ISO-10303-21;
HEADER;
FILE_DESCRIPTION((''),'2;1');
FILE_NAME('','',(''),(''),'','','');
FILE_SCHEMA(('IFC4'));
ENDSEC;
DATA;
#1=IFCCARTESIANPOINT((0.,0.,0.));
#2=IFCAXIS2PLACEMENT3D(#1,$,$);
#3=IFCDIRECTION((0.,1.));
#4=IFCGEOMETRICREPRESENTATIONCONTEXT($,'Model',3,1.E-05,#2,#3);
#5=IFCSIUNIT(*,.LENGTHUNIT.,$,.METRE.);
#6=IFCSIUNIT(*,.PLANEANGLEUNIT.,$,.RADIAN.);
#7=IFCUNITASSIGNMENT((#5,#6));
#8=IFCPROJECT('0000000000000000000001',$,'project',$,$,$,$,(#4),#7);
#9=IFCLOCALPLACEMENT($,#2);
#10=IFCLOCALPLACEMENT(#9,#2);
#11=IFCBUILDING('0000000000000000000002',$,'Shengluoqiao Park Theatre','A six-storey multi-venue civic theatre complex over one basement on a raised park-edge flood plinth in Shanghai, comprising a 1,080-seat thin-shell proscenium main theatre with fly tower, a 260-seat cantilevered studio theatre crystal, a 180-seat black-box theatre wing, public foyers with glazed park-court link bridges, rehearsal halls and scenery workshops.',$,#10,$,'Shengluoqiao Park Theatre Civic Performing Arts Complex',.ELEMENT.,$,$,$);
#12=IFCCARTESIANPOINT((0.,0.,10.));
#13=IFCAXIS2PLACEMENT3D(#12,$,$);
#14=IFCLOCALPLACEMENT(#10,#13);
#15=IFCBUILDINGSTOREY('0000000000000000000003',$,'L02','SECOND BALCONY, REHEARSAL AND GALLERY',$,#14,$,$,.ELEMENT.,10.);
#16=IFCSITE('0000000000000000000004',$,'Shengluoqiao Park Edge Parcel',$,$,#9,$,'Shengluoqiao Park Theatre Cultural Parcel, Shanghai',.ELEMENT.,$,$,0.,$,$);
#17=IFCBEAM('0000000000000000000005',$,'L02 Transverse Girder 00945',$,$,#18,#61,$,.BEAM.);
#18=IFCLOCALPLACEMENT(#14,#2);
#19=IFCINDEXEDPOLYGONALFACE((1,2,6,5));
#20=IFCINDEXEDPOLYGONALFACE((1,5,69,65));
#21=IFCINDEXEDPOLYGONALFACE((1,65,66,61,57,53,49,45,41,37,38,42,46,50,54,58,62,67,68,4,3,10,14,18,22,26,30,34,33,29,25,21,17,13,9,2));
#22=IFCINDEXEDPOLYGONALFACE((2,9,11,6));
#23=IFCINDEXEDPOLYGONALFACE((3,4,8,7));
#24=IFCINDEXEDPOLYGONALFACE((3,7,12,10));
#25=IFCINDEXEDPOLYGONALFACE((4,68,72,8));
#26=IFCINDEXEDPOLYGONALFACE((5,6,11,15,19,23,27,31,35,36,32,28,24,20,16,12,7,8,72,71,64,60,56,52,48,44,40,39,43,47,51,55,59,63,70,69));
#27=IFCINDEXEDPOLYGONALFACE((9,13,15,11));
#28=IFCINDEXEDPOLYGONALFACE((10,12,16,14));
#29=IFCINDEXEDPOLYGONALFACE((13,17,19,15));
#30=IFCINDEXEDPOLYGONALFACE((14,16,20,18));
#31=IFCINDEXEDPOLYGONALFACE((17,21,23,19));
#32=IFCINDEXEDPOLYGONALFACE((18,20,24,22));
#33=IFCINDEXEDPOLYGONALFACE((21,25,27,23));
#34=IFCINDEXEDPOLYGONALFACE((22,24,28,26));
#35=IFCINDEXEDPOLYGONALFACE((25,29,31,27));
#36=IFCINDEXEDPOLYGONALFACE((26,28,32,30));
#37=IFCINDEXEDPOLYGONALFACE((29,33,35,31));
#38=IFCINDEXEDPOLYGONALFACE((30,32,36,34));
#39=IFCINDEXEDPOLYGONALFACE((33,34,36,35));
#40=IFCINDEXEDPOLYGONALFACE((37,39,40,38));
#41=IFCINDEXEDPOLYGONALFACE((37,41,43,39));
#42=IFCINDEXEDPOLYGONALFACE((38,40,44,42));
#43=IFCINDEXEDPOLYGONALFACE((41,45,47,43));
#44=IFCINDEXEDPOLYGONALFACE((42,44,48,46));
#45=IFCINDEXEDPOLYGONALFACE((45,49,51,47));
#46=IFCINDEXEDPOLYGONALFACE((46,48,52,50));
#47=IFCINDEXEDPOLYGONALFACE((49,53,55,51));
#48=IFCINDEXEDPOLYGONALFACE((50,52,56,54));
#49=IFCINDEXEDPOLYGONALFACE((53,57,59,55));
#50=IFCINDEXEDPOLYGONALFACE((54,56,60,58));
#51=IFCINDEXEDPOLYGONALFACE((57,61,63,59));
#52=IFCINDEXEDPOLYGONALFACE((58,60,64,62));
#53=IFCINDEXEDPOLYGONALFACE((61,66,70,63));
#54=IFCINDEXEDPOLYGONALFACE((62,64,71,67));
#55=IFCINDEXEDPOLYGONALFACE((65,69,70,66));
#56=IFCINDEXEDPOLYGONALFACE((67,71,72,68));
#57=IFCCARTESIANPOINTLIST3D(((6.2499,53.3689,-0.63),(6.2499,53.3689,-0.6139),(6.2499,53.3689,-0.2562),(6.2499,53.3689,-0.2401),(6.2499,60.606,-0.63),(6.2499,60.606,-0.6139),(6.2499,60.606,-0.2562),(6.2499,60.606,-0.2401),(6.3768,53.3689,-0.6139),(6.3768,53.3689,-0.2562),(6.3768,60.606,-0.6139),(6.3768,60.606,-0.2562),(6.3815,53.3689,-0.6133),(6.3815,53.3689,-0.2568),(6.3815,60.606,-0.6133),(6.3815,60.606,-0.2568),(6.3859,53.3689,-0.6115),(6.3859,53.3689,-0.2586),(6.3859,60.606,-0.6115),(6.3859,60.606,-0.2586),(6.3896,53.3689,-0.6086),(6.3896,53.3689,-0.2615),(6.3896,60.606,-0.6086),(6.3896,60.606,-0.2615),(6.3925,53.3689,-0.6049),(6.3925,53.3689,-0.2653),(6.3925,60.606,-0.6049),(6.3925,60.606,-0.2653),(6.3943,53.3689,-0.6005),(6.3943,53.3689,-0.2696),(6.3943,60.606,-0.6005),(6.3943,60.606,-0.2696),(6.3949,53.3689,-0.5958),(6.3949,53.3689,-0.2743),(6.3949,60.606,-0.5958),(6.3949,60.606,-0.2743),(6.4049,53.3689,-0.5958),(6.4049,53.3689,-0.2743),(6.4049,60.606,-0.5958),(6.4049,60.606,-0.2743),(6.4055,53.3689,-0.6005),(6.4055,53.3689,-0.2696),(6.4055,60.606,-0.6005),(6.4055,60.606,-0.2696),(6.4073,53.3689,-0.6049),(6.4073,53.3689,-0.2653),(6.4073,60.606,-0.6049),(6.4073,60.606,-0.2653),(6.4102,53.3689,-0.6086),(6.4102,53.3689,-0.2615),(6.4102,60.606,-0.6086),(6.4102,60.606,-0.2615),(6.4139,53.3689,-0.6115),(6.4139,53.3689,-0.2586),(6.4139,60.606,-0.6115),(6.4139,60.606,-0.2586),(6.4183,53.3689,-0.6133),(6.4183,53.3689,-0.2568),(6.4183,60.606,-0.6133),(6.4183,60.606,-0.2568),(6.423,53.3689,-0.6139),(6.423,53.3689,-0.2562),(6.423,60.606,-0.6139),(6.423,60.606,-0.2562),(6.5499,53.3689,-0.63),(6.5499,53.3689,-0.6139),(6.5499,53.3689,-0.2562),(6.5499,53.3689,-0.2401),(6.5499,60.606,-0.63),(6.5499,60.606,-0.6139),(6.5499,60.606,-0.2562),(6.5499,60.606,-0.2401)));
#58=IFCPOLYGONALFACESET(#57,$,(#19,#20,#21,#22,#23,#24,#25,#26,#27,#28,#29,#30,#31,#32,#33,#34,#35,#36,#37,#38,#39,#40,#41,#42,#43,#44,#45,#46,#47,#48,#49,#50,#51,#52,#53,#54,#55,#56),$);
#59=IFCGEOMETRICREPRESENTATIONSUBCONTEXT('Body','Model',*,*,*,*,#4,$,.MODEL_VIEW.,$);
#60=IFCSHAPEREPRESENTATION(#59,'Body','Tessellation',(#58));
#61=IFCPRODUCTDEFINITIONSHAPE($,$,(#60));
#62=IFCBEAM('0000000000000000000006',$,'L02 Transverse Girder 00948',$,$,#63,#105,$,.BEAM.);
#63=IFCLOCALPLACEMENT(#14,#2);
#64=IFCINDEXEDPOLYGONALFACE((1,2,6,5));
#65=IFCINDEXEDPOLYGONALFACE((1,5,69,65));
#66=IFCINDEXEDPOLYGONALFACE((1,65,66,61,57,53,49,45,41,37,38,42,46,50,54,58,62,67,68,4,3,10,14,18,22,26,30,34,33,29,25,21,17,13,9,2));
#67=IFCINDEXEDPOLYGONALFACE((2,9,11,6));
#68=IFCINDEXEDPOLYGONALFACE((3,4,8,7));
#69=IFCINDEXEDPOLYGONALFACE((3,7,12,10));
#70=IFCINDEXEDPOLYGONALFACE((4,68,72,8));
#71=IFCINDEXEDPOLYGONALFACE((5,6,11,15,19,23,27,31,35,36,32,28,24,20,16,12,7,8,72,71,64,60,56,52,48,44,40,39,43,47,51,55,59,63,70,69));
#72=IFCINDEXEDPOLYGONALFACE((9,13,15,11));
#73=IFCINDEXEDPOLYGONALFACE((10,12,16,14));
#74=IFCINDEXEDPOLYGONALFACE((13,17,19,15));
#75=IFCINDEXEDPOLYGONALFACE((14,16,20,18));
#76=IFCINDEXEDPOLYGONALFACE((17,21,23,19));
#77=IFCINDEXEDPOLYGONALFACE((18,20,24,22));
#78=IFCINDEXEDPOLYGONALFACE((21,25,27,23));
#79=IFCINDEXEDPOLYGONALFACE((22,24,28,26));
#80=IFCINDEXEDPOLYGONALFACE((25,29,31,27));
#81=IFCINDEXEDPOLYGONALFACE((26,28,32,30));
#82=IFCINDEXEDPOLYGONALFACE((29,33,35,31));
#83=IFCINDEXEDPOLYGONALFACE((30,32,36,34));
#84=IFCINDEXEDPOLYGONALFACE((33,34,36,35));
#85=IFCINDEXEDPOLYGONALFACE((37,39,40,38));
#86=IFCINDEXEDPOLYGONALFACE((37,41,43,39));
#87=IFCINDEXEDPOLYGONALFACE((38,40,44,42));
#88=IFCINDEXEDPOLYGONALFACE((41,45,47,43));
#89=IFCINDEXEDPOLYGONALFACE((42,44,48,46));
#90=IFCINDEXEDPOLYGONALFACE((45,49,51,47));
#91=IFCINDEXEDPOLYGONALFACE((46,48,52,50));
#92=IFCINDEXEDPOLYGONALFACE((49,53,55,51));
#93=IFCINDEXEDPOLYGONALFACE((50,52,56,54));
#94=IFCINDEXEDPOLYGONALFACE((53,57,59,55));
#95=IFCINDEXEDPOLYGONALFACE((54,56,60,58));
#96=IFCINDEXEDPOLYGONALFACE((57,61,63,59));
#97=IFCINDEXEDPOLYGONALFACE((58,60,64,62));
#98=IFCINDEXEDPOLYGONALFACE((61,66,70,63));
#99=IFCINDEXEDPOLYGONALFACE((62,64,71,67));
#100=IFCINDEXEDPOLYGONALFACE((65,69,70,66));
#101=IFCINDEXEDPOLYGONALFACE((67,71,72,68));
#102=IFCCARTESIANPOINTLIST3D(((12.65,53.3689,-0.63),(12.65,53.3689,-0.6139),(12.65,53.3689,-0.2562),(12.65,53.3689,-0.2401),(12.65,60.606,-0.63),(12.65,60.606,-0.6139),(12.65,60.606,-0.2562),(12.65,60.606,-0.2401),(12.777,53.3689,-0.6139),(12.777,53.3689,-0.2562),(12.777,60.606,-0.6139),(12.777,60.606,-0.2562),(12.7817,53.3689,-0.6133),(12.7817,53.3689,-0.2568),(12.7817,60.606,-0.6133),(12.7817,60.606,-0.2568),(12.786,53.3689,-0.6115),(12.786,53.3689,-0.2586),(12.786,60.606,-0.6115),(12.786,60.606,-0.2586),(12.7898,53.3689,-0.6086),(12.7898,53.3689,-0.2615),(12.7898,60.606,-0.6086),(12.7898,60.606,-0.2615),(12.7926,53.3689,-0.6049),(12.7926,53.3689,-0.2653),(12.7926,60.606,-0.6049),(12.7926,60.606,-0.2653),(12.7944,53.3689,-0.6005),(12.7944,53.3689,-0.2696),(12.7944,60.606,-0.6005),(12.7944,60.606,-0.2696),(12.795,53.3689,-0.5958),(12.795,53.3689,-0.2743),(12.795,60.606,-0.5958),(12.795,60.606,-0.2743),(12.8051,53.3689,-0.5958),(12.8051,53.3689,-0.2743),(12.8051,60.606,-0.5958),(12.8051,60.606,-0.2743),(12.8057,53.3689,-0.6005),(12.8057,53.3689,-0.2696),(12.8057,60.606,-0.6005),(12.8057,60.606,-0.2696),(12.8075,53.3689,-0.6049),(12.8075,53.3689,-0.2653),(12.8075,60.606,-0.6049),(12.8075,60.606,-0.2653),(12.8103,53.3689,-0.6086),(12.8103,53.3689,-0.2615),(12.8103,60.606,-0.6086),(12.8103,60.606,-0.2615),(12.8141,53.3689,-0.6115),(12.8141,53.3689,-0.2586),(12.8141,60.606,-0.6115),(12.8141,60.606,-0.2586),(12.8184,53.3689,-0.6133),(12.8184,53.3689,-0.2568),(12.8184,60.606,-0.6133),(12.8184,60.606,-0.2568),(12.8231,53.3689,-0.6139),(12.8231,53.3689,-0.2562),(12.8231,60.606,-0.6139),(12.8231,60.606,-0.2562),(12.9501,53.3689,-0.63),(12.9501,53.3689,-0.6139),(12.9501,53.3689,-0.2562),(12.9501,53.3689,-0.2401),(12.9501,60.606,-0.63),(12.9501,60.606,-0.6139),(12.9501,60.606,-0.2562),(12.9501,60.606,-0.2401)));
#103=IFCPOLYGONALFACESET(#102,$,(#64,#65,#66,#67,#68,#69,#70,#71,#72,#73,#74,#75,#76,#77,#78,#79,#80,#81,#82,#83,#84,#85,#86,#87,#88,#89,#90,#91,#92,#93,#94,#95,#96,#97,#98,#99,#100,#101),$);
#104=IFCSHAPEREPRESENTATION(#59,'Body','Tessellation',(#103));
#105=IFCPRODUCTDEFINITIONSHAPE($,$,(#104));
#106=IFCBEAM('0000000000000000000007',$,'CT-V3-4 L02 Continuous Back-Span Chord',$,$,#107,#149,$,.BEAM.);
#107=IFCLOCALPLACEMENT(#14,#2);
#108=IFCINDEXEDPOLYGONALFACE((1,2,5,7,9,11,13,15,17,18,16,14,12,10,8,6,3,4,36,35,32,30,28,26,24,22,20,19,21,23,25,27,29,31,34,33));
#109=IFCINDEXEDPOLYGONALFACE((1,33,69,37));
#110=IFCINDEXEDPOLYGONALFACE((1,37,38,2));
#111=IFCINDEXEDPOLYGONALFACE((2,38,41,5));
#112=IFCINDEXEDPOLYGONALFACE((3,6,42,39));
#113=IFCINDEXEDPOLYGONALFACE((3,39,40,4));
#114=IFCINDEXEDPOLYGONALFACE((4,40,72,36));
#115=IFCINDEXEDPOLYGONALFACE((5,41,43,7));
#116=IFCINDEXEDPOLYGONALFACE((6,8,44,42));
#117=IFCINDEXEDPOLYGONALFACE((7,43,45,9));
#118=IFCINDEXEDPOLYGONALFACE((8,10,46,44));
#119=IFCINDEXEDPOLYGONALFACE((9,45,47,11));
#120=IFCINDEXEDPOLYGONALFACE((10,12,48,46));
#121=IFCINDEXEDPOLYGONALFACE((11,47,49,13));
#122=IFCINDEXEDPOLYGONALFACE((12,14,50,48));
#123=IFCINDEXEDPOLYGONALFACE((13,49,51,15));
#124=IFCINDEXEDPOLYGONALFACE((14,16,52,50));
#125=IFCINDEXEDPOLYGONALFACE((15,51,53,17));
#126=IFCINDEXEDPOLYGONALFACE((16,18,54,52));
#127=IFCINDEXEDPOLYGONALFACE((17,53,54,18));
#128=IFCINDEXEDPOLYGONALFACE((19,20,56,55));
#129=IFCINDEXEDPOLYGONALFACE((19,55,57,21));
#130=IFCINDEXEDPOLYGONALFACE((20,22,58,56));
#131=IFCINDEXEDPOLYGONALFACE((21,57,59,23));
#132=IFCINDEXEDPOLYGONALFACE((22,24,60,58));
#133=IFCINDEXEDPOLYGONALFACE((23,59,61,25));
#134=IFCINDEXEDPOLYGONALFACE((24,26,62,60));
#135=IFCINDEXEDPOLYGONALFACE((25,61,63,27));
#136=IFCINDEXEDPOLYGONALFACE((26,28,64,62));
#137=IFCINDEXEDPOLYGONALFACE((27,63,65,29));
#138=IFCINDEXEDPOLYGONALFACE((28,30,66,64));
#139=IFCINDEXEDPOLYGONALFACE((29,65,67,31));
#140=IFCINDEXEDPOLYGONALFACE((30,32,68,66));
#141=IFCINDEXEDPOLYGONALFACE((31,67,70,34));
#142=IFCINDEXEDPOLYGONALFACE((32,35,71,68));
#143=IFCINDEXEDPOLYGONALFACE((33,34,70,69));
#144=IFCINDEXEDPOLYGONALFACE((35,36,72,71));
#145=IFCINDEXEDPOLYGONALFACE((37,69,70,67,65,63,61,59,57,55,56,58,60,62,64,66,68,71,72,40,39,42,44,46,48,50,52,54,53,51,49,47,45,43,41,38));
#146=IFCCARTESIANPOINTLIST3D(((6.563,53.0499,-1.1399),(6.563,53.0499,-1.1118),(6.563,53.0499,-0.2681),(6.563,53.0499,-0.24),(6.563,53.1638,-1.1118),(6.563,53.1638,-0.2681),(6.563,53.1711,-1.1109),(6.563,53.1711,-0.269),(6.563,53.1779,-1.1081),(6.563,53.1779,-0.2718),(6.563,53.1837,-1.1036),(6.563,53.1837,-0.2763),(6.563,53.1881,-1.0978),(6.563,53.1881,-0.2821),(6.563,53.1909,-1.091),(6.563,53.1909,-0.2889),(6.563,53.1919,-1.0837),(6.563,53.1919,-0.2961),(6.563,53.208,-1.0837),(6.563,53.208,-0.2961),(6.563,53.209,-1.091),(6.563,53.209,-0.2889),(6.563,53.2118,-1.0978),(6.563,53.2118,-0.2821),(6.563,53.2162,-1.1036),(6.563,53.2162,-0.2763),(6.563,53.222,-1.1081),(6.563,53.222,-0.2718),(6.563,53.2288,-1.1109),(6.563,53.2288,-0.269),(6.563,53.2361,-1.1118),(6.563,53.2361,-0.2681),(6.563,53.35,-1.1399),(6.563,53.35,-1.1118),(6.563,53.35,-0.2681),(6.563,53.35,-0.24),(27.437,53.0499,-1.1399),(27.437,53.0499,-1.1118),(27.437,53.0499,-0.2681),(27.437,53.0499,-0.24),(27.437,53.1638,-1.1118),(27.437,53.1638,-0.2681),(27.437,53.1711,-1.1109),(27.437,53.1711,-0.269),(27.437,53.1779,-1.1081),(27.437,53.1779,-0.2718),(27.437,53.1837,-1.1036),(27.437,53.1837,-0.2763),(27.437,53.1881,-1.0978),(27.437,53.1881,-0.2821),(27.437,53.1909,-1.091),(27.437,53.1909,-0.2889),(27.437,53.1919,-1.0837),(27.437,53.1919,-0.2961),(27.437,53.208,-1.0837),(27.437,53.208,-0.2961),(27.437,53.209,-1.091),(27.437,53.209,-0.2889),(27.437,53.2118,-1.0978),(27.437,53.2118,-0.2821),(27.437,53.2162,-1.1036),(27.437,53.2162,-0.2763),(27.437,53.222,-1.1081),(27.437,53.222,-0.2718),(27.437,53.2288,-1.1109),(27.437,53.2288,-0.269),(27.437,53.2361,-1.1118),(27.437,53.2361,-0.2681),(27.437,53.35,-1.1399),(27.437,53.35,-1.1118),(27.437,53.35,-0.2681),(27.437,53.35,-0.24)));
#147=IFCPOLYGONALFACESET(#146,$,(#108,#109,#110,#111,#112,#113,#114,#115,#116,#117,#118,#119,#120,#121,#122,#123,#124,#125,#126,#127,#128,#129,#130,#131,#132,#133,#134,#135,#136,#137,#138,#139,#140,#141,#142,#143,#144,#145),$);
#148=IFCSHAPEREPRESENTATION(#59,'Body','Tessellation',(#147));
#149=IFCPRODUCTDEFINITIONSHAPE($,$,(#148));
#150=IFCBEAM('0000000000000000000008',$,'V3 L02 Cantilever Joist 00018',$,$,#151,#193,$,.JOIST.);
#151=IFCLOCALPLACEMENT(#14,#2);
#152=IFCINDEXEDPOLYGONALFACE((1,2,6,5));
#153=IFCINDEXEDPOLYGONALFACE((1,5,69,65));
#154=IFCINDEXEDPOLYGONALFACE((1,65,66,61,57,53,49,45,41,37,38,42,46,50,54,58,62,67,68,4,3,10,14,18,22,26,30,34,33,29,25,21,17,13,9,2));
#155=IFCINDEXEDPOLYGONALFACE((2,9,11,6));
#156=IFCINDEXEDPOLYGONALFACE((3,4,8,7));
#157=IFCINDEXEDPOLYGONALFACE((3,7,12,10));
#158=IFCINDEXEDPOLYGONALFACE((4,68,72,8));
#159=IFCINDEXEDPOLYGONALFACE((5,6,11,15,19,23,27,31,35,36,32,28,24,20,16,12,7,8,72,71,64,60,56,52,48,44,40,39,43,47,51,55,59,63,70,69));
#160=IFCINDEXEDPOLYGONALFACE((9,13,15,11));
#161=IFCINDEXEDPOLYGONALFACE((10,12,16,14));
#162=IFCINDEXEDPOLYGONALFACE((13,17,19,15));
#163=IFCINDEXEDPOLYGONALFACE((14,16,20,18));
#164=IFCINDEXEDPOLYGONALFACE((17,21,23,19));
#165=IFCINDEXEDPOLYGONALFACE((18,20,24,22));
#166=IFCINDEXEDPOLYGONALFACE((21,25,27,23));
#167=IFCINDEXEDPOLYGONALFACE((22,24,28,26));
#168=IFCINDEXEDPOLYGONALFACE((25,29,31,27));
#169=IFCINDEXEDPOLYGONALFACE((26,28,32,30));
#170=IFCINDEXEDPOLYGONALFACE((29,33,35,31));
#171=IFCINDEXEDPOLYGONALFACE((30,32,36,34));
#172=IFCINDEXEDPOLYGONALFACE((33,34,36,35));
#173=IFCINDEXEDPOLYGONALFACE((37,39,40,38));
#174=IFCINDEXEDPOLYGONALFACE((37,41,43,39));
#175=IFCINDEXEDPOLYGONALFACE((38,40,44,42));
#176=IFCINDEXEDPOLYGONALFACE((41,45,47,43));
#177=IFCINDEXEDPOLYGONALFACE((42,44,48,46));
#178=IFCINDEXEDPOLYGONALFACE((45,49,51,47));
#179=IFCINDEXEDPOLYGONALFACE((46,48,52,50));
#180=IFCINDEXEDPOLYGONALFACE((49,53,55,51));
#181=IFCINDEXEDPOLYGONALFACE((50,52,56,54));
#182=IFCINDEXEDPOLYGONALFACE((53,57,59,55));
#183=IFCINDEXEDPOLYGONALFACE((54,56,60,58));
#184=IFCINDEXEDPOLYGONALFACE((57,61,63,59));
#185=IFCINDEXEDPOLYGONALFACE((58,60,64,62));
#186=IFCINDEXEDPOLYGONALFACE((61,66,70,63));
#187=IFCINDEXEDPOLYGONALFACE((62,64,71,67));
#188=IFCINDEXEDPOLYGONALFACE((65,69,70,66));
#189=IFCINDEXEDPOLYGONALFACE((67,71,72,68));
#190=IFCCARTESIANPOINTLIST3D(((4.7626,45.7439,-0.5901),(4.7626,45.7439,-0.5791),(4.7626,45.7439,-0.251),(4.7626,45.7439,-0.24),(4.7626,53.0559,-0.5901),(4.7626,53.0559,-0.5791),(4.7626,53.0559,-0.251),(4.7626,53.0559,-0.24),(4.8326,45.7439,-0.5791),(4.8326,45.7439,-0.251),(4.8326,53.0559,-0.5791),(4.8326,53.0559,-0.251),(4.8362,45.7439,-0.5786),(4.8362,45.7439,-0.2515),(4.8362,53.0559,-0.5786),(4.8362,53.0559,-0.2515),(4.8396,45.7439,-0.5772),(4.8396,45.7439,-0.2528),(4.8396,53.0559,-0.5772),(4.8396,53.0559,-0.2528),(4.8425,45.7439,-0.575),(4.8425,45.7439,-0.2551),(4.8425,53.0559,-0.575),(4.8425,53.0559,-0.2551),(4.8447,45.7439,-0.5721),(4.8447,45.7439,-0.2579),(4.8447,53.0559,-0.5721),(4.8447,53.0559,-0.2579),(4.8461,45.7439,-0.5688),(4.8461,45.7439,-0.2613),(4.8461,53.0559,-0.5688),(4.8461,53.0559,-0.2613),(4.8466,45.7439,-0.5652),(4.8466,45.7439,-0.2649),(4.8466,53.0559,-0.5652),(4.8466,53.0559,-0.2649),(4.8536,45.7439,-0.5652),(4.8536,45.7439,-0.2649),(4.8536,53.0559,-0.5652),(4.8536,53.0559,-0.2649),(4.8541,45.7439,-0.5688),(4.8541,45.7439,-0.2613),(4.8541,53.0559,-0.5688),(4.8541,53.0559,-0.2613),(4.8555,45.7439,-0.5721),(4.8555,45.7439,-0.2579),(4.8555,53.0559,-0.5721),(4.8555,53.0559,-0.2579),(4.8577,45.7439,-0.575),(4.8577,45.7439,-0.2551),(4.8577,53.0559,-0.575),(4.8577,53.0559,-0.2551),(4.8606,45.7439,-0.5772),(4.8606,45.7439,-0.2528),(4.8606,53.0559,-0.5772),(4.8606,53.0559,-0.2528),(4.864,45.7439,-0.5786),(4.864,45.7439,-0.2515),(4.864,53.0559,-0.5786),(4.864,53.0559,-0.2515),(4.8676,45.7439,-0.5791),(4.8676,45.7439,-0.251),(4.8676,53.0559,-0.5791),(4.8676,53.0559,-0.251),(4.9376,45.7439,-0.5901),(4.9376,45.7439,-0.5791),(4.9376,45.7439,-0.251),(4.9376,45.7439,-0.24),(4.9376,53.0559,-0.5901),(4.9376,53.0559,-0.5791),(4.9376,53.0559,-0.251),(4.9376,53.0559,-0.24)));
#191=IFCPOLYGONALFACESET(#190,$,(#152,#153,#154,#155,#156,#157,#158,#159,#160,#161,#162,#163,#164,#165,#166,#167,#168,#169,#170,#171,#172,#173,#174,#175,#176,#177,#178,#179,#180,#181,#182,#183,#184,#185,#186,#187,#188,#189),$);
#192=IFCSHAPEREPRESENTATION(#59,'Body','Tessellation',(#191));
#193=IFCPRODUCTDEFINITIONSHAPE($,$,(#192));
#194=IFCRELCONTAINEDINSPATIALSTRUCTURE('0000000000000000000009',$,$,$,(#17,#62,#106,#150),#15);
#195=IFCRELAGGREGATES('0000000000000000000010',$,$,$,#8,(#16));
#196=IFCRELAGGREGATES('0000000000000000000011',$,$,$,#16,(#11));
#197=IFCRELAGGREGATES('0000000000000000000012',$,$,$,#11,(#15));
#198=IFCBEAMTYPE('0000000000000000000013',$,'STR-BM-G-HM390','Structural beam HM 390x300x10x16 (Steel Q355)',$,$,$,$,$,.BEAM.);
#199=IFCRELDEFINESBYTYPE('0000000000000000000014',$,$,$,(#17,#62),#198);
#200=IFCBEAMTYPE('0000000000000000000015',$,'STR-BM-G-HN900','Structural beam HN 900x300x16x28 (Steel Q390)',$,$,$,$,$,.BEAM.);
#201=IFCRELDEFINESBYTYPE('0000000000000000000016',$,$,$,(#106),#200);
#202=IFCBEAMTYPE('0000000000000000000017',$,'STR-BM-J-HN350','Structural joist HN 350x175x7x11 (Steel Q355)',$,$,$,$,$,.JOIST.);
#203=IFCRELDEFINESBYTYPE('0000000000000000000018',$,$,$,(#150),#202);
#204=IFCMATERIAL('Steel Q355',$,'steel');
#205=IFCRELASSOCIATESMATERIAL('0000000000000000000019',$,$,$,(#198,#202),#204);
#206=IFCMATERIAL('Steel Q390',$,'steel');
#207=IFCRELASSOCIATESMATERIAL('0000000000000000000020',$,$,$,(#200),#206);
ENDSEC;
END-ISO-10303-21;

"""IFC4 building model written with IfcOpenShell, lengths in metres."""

from ifc_helpers import new_model, si_unit, direction, frame, origin, origin_2d, place, context, subcontext, project, spatial, i_section, extrude, material, material_profile, profile_set, type_object, element, save


model = new_model("IFC4")

# Units and contexts
model_context = context("Model", 3, precision=1e-05, world=origin(), true_north=direction((0.0, 1.0)))
body_context = subcontext(model_context, "Body", "Model", "MODEL_VIEW")
ifc_project = project(units=[si_unit("LENGTHUNIT", "METRE"), si_unit("PLANEANGLEUNIT", "RADIAN")], contexts=[model_context])

# Site, building, storey
site_placement = place(None, origin())
site = spatial("IfcSite", under=ifc_project, at=site_placement, Name="Shengluoqiao Park Edge Parcel", LongName="Shengluoqiao Park Theatre Cultural Parcel, Shanghai", CompositionType="ELEMENT", RefElevation=0.0)
building_placement = place(site_placement, origin())
building = spatial("IfcBuilding", under=site, at=building_placement, Name="Shengluoqiao Park Theatre", Description="A six-storey multi-venue civic theatre complex over one basement on a raised park-edge flood plinth in Shanghai, comprising a 1,080-seat thin-shell proscenium main theatre with fly tower, a 260-seat cantilevered studio theatre crystal, a 180-seat black-box theatre wing, public foyers with glazed park-court link bridges, rehearsal halls and scenery workshops.", LongName="Shengluoqiao Park Theatre Civic Performing Arts Complex", CompositionType="ELEMENT")
storey_placement = place(building_placement, frame((0.0, 0.0, 10.0)))
storey = spatial("IfcBuildingStorey", under=building, at=storey_placement, Name="L02", Description="SECOND BALCONY, REHEARSAL AND GALLERY", CompositionType="ELEMENT", Elevation=10.0)

# Shared definitions
ifc_material_1 = material(Name="Steel Q355", Category="steel")

# Beams
ifc_material_profile_1 = material_profile(ifc_material_1, i_section(OverallWidth=0.3, OverallDepth=0.3899, WebThickness=0.01, FlangeThickness=0.0161, FilletRadius=0.0181, at=origin_2d()), Name="HM 390x300x10x16")
ifc_profile_set_1 = profile_set([ifc_material_profile_1], Name="Steel Q355")
beam_type_1 = type_object("IfcBeamType", Name="STR-BM-G-HM390", Description="Structural beam HM 390x300x10x16 (Steel Q355)", PredefinedType="BEAM", material=ifc_profile_set_1)
for number, where, z_axis, x_axis, name in (
    (1, (6.3999, 53.3689, -0.4351), (0.0, 1.0, 0.0), (-1.0, 0.0, 0.0), "L02 Transverse Girder 00945"),
    (2, (12.8, 53.3689, -0.4351), (0.0, 1.0, 0.0), (-1.0, 0.0, 0.0), "L02 Transverse Girder 00948"),
):
    element("IfcBeam", number, at=place(storey_placement, frame(where, z_axis=z_axis, x_axis=x_axis)), inside=storey, type_object=beam_type_1, Name=name, PredefinedType="BEAM", context=body_context, shape_type="SweptSolid", body=[
        extrude(i_section(OverallWidth=0.3, OverallDepth=0.3899, WebThickness=0.01, FlangeThickness=0.0161, FilletRadius=0.0181, at=origin_2d()), origin(), (0.0, 0.0, 1.0), 7.2371),
    ])
ifc_material_2 = material(Name="Steel Q390", Category="steel")
ifc_material_profile_2 = material_profile(ifc_material_2, i_section(OverallWidth=0.3, OverallDepth=0.8999, WebThickness=0.0161, FlangeThickness=0.0281, FilletRadius=0.0281, at=origin_2d()), Name="HN 900x300x16x28")
ifc_profile_set_2 = profile_set([ifc_material_profile_2], Name="Steel Q390")
beam_type_2 = type_object("IfcBeamType", Name="STR-BM-G-HN900", Description="Structural beam HN 900x300x16x28 (Steel Q390)", PredefinedType="BEAM", material=ifc_profile_set_2)
beam_1_placement = place(storey_placement, frame((6.563, 53.2, -0.6899), z_axis=(1.0, 0.0, 0.0), x_axis=(0.0, 1.0, 0.0)))
element("IfcBeam", 3, at=beam_1_placement, inside=storey, type_object=beam_type_2, Name="CT-V3-4 L02 Continuous Back-Span Chord", PredefinedType="BEAM", context=body_context, shape_type="SweptSolid", body=[
    extrude(i_section(OverallWidth=0.3, OverallDepth=0.8999, WebThickness=0.0161, FlangeThickness=0.0281, FilletRadius=0.0281, at=origin_2d()), origin(), (0.0, 0.0, 1.0), 20.874),
])
ifc_material_profile_3 = material_profile(ifc_material_1, i_section(OverallWidth=0.175, OverallDepth=0.3501, WebThickness=0.0071, FlangeThickness=0.011, FilletRadius=0.0139, at=origin_2d()), Name="HN 350x175x7x11")
ifc_profile_set_3 = profile_set([ifc_material_profile_3], Name="Steel Q355")
beam_type_3 = type_object("IfcBeamType", Name="STR-BM-J-HN350", Description="Structural joist HN 350x175x7x11 (Steel Q355)", PredefinedType="JOIST", material=ifc_profile_set_3)
for number, where, z_axis, x_axis, name in (
    (4, (4.8501, 45.7439, -0.415), (0.0, 1.0, 0.0), (-1.0, 0.0, 0.0), "V3 L02 Cantilever Joist 00018"),
):
    element("IfcBeam", number, at=place(storey_placement, frame(where, z_axis=z_axis, x_axis=x_axis)), inside=storey, type_object=beam_type_3, Name=name, PredefinedType="JOIST", context=body_context, shape_type="SweptSolid", body=[
        extrude(i_section(OverallWidth=0.175, OverallDepth=0.3501, WebThickness=0.0071, FlangeThickness=0.011, FilletRadius=0.0139, at=origin_2d()), origin(), (0.0, 0.0, 1.0), 7.312),
    ])

save(model, "model.ifc")
